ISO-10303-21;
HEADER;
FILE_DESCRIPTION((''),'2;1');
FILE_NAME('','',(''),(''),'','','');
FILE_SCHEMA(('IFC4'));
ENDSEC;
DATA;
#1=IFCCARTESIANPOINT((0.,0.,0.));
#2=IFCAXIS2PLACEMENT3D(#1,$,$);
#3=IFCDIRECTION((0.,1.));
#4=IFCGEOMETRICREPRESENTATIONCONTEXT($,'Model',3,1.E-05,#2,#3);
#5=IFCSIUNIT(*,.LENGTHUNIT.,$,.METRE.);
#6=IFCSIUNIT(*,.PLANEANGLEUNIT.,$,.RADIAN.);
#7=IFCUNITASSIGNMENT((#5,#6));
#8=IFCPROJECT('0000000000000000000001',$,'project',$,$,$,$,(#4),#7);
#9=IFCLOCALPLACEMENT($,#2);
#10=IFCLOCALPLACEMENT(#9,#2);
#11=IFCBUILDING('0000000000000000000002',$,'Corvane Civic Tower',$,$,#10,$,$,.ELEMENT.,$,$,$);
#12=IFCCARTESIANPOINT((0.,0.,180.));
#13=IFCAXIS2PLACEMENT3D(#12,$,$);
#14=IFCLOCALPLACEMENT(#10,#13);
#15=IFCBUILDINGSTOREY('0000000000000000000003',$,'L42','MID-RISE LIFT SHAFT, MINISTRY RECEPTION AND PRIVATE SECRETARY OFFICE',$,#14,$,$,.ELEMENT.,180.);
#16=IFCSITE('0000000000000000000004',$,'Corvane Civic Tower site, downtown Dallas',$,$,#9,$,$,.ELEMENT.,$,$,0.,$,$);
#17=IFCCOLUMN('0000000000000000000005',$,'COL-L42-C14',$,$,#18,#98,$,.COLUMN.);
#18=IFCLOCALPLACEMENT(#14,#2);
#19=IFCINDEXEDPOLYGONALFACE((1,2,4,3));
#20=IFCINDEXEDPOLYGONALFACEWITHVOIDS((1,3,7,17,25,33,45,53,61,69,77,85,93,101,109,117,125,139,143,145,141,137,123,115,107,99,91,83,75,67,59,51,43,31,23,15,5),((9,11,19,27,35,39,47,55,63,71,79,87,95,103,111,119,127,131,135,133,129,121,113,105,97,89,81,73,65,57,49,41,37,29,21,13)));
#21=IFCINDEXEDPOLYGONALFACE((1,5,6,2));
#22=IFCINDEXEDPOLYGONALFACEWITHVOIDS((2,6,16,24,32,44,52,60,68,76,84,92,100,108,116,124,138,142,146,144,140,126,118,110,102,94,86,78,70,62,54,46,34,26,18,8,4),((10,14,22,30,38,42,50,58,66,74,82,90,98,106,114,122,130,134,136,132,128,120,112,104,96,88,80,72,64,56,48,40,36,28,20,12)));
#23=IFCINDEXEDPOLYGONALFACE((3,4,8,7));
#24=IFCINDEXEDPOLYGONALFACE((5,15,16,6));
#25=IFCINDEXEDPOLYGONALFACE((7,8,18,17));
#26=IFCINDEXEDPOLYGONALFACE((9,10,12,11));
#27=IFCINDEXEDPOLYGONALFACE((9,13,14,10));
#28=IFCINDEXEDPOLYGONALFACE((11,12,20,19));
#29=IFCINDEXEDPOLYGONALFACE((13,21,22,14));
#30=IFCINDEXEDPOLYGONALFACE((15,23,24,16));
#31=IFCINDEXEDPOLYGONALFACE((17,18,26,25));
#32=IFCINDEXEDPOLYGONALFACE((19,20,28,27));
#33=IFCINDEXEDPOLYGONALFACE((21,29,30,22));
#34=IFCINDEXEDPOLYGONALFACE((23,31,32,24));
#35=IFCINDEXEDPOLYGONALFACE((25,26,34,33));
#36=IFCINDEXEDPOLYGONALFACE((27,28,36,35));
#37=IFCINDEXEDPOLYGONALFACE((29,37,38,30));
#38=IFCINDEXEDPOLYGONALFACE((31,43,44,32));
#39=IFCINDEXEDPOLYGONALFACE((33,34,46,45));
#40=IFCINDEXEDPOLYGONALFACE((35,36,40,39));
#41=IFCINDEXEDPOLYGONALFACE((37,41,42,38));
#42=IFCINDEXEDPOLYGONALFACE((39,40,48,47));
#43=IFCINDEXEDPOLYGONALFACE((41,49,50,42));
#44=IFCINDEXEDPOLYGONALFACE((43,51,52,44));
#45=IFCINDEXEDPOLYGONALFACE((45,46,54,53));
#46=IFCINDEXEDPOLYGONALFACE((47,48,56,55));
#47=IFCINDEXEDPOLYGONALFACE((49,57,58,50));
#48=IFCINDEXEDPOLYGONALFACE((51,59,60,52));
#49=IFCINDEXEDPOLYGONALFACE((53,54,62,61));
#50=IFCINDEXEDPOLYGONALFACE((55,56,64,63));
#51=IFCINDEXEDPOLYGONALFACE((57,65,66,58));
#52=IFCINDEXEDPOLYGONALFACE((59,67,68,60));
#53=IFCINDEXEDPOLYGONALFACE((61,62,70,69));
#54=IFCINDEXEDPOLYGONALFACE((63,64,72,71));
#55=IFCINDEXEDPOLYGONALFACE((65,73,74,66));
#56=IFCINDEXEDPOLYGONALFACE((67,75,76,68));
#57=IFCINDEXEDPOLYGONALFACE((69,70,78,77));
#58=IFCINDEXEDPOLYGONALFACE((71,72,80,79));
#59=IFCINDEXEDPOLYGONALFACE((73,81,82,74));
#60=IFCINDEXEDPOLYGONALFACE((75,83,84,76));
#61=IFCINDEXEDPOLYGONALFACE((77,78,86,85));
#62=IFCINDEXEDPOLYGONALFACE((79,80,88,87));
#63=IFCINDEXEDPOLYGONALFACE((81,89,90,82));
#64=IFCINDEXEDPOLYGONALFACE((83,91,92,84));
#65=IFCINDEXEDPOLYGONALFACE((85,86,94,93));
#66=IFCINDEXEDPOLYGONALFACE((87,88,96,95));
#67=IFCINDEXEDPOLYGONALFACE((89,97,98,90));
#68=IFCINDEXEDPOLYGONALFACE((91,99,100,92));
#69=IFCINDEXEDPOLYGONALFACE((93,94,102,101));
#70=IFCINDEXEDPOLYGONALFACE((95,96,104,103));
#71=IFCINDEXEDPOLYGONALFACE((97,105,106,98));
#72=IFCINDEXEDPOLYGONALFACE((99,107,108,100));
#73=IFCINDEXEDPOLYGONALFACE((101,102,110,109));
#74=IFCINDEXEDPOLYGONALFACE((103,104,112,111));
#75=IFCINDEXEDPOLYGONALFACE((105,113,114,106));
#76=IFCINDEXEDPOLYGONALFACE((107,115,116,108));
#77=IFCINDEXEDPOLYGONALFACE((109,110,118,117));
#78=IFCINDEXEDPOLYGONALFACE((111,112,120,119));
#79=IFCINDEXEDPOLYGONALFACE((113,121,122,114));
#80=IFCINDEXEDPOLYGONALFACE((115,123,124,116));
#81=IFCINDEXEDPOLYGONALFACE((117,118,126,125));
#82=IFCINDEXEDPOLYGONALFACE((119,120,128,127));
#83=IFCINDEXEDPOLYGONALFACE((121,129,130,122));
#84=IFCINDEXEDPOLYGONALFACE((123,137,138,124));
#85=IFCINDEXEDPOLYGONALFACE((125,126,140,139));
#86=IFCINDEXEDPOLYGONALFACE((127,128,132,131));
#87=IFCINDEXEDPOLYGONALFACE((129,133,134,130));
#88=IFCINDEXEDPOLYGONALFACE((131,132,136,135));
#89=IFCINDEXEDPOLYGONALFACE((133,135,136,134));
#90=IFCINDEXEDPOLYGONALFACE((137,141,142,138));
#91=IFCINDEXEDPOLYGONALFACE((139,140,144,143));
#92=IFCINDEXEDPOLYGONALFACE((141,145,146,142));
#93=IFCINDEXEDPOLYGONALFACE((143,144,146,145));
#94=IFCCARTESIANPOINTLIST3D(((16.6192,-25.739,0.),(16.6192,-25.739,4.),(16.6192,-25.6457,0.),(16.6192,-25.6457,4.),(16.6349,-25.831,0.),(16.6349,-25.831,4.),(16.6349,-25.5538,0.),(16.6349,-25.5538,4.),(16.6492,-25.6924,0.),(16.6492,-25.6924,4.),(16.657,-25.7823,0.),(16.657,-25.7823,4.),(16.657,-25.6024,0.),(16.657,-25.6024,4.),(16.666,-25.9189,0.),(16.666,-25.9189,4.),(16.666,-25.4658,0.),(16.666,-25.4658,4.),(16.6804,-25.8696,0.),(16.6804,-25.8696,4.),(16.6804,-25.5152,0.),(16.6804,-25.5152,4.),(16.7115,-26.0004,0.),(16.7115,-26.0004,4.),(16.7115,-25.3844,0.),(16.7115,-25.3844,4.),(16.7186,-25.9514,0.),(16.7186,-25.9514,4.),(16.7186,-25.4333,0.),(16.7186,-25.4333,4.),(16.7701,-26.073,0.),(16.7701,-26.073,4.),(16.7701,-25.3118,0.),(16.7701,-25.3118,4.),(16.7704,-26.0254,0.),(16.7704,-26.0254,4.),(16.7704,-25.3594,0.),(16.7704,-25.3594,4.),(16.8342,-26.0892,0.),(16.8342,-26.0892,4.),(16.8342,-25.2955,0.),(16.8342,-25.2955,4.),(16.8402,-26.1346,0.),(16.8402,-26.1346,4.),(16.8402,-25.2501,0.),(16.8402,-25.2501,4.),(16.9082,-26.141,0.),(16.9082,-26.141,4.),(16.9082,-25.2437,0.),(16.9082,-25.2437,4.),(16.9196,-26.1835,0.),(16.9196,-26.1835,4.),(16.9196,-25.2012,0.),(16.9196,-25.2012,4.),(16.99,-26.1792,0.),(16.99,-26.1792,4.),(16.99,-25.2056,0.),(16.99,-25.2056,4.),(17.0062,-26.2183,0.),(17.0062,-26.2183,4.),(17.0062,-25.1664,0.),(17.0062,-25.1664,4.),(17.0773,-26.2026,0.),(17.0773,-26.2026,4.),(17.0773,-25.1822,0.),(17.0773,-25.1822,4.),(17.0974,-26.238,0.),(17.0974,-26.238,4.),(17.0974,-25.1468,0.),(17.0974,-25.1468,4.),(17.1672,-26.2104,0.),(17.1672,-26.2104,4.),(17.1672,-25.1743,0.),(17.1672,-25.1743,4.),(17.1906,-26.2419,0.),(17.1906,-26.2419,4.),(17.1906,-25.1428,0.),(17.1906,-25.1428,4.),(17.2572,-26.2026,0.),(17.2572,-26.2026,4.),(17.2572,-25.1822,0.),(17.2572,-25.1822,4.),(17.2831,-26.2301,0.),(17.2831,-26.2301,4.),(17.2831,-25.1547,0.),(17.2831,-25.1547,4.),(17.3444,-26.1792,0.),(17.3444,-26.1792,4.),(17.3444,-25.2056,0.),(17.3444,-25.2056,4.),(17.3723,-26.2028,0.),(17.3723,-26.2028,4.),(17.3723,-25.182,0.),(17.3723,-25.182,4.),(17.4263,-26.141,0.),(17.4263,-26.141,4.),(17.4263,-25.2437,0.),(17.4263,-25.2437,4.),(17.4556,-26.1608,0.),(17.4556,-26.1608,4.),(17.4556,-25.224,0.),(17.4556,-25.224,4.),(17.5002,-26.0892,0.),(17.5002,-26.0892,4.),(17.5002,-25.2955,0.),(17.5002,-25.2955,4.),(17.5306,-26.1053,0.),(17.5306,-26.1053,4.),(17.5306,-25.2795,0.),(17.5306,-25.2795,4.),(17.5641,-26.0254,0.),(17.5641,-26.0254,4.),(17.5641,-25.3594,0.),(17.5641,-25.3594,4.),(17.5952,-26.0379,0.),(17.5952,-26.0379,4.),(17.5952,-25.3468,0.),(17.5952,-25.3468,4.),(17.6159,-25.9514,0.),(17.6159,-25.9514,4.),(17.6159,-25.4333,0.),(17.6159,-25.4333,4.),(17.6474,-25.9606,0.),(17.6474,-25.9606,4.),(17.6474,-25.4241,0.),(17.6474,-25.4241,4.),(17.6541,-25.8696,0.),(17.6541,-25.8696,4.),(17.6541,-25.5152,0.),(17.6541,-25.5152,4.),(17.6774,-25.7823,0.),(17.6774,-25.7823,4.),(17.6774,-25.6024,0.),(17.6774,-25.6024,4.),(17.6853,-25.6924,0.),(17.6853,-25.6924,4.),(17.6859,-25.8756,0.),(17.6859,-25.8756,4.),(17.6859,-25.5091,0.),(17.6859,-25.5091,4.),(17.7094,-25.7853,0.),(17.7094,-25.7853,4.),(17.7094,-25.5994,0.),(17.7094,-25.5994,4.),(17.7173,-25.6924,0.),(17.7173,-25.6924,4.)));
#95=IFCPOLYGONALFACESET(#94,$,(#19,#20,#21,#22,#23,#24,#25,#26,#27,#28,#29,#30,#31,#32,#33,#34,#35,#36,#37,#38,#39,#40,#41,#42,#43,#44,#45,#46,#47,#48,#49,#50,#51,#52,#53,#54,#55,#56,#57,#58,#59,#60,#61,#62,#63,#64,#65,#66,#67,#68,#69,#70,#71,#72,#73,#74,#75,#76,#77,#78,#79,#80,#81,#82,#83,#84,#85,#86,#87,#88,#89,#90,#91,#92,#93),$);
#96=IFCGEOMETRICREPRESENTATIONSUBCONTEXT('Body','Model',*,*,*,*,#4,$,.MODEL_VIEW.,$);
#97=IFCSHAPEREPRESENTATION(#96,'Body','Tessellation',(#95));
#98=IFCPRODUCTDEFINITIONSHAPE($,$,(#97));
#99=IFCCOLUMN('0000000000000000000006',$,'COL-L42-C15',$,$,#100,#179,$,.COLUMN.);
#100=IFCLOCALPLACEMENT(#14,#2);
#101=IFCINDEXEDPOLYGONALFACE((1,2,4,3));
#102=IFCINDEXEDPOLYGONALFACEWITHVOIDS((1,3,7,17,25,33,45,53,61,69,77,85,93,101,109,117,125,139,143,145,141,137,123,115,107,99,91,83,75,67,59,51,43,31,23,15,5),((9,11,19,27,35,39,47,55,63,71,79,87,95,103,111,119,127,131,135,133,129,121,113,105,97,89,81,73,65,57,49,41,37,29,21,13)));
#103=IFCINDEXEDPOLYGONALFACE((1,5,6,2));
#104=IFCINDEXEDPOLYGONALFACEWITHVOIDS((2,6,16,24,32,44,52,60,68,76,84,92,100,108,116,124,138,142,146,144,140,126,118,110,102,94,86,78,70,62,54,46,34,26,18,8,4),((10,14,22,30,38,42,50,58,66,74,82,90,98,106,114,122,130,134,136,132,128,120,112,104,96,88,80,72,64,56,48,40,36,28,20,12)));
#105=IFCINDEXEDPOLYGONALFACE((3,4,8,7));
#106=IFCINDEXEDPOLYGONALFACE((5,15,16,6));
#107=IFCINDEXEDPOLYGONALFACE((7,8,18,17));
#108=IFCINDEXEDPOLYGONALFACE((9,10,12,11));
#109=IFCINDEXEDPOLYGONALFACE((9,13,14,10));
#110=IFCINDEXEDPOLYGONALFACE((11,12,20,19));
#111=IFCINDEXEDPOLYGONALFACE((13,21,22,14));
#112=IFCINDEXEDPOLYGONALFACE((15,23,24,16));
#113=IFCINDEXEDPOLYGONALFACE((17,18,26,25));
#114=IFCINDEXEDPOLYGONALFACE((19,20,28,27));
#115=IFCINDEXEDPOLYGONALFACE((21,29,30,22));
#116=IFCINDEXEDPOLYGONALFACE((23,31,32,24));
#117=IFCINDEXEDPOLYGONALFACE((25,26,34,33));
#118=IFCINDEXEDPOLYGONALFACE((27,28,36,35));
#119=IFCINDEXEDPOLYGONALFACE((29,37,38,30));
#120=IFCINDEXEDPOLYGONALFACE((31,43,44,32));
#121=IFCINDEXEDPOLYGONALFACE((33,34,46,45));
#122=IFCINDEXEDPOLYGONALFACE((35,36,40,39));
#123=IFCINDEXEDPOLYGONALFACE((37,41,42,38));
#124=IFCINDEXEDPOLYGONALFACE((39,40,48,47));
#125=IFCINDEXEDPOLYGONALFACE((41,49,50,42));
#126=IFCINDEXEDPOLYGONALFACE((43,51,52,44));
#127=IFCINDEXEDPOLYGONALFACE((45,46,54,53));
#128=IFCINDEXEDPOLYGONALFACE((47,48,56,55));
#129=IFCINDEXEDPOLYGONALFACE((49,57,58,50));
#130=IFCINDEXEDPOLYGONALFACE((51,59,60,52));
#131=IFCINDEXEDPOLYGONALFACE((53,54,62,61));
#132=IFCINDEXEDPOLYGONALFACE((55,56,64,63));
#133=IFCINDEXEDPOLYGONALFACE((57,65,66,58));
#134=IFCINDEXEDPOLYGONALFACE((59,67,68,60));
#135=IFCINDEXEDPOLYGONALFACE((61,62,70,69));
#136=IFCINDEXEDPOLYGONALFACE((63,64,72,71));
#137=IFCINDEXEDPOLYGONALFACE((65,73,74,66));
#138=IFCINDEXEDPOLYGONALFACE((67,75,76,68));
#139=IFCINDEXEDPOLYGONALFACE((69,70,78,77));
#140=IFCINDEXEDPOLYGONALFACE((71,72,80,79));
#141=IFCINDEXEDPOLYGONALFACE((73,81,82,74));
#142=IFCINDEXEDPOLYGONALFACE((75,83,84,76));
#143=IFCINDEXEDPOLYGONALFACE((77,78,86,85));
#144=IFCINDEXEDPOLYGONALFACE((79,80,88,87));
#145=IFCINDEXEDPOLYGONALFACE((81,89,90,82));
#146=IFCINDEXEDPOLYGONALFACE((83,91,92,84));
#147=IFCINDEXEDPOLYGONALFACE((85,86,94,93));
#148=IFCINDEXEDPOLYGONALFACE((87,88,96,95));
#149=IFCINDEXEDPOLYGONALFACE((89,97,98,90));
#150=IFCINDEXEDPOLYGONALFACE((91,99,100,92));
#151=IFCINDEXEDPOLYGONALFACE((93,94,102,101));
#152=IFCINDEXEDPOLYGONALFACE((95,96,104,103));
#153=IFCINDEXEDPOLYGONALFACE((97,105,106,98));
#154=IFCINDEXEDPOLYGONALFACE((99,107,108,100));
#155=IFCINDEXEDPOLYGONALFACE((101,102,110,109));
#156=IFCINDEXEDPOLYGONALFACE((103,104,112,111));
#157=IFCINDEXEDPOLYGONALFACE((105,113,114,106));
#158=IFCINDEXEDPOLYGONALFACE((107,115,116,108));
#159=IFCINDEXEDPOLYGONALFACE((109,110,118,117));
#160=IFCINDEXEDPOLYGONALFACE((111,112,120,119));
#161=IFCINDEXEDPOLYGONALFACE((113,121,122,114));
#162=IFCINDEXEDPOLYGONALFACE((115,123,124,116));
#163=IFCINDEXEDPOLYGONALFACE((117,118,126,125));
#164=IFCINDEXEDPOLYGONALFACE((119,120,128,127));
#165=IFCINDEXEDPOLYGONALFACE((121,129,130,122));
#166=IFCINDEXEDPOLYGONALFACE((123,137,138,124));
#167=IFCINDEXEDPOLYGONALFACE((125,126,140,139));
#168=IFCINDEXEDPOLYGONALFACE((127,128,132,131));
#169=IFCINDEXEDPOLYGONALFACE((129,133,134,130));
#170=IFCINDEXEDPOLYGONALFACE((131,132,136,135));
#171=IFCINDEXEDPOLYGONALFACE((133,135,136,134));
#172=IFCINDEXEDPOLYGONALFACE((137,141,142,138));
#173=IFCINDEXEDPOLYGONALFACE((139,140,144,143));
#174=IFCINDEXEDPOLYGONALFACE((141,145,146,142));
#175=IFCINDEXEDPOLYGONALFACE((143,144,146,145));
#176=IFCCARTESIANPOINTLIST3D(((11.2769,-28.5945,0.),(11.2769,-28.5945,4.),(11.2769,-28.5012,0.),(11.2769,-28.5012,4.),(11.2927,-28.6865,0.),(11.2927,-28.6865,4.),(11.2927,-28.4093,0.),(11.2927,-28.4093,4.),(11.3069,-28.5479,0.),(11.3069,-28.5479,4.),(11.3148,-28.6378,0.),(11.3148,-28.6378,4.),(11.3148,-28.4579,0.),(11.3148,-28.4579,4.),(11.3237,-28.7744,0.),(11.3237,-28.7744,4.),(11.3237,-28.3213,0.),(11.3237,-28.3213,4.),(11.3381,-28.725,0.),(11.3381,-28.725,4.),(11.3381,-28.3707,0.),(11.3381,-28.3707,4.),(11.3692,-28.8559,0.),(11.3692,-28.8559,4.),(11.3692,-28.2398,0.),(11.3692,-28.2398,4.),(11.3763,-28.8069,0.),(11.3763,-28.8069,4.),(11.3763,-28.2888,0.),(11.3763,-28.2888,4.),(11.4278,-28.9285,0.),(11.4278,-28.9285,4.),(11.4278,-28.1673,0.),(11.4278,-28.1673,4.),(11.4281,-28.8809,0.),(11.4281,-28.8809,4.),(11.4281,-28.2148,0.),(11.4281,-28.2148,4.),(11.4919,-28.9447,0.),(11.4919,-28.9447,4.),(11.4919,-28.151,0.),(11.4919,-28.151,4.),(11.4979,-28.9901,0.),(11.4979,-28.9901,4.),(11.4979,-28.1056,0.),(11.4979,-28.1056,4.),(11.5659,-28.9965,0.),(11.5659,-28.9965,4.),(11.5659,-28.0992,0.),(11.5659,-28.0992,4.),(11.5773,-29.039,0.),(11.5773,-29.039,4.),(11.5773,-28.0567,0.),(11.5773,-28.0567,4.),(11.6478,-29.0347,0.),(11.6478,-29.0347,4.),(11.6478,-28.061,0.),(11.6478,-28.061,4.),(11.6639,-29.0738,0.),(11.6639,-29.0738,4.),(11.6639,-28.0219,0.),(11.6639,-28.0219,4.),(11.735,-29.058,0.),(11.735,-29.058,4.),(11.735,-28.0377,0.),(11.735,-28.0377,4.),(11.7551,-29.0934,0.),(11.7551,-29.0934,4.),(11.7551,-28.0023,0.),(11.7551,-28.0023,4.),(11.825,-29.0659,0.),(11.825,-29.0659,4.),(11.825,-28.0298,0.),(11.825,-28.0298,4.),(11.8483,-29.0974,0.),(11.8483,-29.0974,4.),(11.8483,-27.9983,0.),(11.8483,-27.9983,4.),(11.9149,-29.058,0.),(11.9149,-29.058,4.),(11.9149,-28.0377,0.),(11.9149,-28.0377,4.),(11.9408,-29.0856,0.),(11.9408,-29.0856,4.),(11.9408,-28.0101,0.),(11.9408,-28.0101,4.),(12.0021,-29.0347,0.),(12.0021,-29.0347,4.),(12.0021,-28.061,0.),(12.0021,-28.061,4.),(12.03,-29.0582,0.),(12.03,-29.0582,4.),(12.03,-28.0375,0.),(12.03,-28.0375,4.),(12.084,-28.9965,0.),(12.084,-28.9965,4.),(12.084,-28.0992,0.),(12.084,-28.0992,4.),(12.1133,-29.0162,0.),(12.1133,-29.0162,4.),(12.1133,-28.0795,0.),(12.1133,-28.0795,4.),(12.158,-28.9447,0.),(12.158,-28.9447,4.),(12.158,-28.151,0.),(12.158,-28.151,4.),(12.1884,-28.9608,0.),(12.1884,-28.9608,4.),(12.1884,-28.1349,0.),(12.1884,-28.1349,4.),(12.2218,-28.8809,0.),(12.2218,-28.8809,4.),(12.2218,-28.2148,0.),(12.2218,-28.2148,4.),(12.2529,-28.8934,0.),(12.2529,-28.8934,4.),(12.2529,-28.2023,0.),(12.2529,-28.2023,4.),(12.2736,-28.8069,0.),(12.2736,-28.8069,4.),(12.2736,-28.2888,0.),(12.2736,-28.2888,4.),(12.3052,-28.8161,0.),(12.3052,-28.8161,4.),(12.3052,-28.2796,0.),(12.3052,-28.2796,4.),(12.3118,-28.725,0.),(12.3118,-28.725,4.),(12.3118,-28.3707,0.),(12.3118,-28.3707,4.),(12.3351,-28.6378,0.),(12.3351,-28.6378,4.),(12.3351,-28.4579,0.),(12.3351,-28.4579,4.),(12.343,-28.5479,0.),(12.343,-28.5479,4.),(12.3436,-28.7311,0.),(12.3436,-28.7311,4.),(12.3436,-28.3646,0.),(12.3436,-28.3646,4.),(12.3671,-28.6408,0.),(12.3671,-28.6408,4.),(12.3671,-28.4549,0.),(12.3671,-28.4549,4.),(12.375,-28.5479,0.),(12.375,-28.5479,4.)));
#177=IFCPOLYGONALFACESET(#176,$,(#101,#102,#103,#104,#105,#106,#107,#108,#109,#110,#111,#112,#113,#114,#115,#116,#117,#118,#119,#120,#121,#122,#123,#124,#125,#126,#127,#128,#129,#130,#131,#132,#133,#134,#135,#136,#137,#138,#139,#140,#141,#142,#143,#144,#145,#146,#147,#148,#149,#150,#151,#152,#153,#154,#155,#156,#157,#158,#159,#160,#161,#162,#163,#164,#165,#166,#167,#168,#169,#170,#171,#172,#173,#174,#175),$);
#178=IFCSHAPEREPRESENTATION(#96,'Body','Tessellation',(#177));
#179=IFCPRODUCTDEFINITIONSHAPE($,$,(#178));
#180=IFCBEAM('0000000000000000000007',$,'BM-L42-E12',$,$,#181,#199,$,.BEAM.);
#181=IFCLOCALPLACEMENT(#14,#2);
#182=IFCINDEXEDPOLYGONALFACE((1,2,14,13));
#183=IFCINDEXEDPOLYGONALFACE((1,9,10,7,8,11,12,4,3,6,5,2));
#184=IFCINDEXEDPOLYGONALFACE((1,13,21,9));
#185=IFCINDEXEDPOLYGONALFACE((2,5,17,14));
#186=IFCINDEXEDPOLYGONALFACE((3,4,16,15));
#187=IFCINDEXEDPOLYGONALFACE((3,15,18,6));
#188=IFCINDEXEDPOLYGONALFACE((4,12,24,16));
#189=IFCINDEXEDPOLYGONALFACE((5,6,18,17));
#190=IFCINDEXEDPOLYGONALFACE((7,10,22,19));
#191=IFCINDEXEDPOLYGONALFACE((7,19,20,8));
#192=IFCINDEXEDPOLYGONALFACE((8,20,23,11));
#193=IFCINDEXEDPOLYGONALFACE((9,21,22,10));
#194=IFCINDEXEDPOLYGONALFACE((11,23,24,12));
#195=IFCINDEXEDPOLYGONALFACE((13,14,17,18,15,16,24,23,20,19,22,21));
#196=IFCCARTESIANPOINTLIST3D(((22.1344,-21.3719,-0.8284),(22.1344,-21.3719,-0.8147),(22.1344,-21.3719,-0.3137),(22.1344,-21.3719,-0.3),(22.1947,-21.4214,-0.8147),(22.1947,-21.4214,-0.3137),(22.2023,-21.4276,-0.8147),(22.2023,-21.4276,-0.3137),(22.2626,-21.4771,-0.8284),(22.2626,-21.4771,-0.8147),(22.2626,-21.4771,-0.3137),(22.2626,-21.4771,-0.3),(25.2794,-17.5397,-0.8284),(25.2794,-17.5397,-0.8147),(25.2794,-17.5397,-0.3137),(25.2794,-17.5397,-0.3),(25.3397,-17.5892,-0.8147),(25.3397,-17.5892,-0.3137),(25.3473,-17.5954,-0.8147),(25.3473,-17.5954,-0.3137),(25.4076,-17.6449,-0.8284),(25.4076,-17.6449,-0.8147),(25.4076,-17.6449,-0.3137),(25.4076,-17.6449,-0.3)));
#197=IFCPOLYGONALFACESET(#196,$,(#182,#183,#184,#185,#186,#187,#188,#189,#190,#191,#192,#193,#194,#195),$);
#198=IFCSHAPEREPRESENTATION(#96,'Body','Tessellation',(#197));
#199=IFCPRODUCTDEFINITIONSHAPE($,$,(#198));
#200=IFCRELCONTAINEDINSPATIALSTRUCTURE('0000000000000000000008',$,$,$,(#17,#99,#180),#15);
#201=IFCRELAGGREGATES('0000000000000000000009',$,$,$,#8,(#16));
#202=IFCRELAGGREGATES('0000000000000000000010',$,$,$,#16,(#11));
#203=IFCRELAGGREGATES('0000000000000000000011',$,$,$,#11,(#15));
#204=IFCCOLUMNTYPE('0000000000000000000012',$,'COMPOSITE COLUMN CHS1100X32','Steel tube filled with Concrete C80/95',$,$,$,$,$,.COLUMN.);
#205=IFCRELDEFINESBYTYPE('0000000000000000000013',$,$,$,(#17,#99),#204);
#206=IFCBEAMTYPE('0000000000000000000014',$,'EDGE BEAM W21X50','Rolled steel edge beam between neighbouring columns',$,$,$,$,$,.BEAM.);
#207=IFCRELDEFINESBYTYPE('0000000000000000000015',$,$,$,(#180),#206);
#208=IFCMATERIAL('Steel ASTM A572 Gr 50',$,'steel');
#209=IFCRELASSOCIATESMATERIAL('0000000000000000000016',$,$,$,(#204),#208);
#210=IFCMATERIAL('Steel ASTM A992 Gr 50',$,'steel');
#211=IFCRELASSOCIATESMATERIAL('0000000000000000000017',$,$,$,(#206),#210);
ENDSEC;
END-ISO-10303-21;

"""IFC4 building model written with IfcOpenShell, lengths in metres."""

from ifc_helpers import new_model, si_unit, direction, frame, origin, origin_2d, place, context, subcontext, project, spatial, hollow_circle, i_section, extrude, material, material_profile, profile_set, type_object, element, save


model = new_model("IFC4")

# Units and contexts
model_context = context("Model", 3, precision=1e-05, world=origin(), true_north=direction((0.0, 1.0)))
body_context = subcontext(model_context, "Body", "Model", "MODEL_VIEW")
ifc_project = project(units=[si_unit("LENGTHUNIT", "METRE"), si_unit("PLANEANGLEUNIT", "RADIAN")], contexts=[model_context])

# Site, building, storey
site_placement = place(None, origin())
site = spatial("IfcSite", under=ifc_project, at=site_placement, Name="Corvane Civic Tower site, downtown Dallas", CompositionType="ELEMENT", RefElevation=0.0)
building_placement = place(site_placement, origin())
building = spatial("IfcBuilding", under=site, at=building_placement, Name="Corvane Civic Tower", CompositionType="ELEMENT")
storey_placement = place(building_placement, frame((0.0, 0.0, 180.0)))
storey = spatial("IfcBuildingStorey", under=building, at=storey_placement, Name="L42", Description="MID-RISE LIFT SHAFT, MINISTRY RECEPTION AND PRIVATE SECRETARY OFFICE", CompositionType="ELEMENT", Elevation=180.0)

# Columns
ifc_material_1 = material(Name="Steel ASTM A572 Gr 50", Category="steel")
ifc_material_profile_1 = material_profile(ifc_material_1, hollow_circle(Radius=0.55, WallThickness=0.032, at=origin_2d()), Name="CHS1100X32")
ifc_profile_set_1 = profile_set([ifc_material_profile_1], Name="Steel ASTM A572 Gr 50")
column_type = type_object("IfcColumnType", Name="COMPOSITE COLUMN CHS1100X32", Description="Steel tube filled with Concrete C80/95", PredefinedType="COLUMN", material=ifc_profile_set_1)
for number, where, z_axis, x_axis, name in (
    (1, (17.1672, -25.6924, 0.0), (0.0, 0.0, 1.0), (1.0, 0.0, 0.0), "COL-L42-C14"),
    (2, (11.825, -28.5479, 0.0), (0.0, 0.0, 1.0), (1.0, 0.0, 0.0), "COL-L42-C15"),
):
    element("IfcColumn", number, at=place(storey_placement, frame(where, z_axis=z_axis, x_axis=x_axis)), inside=storey, type_object=column_type, Name=name, PredefinedType="COLUMN", context=body_context, shape_type="SweptSolid", body=[
        extrude(hollow_circle(Radius=0.55, WallThickness=0.032, at=origin_2d()), origin(), (0.0, 0.0, 1.0), 4.0),
    ])

# Beam
ifc_material_2 = material(Name="Steel ASTM A992 Gr 50", Category="steel")
ifc_material_profile_2 = material_profile(ifc_material_2, i_section(OverallWidth=0.1658, OverallDepth=0.5283, WebThickness=0.0098, FlangeThickness=0.0137, at=origin_2d()), Name="W21X50")
ifc_profile_set_2 = profile_set([ifc_material_profile_2], Name="Steel ASTM A992 Gr 50")
beam_type = type_object("IfcBeamType", Name="EDGE BEAM W21X50", Description="Rolled steel edge beam between neighbouring columns", PredefinedType="BEAM", material=ifc_profile_set_2)
for number, where, z_axis, x_axis, name in (
    (3, (25.3435, -17.5923, -0.5642), (-0.634388, -0.773015, 0.0), (0.773015, -0.634388, 0.0), "BM-L42-E12"),
):
    element("IfcBeam", number, at=place(storey_placement, frame(where, z_axis=z_axis, x_axis=x_axis)), inside=storey, type_object=beam_type, Name=name, PredefinedType="BEAM", context=body_context, shape_type="SweptSolid", body=[
        extrude(i_section(OverallWidth=0.1658, OverallDepth=0.5283, WebThickness=0.0098, FlangeThickness=0.0137, at=origin_2d()), origin(), (0.0, 0.0, 1.0), 4.9575),
    ])

save(model, "model.ifc")
